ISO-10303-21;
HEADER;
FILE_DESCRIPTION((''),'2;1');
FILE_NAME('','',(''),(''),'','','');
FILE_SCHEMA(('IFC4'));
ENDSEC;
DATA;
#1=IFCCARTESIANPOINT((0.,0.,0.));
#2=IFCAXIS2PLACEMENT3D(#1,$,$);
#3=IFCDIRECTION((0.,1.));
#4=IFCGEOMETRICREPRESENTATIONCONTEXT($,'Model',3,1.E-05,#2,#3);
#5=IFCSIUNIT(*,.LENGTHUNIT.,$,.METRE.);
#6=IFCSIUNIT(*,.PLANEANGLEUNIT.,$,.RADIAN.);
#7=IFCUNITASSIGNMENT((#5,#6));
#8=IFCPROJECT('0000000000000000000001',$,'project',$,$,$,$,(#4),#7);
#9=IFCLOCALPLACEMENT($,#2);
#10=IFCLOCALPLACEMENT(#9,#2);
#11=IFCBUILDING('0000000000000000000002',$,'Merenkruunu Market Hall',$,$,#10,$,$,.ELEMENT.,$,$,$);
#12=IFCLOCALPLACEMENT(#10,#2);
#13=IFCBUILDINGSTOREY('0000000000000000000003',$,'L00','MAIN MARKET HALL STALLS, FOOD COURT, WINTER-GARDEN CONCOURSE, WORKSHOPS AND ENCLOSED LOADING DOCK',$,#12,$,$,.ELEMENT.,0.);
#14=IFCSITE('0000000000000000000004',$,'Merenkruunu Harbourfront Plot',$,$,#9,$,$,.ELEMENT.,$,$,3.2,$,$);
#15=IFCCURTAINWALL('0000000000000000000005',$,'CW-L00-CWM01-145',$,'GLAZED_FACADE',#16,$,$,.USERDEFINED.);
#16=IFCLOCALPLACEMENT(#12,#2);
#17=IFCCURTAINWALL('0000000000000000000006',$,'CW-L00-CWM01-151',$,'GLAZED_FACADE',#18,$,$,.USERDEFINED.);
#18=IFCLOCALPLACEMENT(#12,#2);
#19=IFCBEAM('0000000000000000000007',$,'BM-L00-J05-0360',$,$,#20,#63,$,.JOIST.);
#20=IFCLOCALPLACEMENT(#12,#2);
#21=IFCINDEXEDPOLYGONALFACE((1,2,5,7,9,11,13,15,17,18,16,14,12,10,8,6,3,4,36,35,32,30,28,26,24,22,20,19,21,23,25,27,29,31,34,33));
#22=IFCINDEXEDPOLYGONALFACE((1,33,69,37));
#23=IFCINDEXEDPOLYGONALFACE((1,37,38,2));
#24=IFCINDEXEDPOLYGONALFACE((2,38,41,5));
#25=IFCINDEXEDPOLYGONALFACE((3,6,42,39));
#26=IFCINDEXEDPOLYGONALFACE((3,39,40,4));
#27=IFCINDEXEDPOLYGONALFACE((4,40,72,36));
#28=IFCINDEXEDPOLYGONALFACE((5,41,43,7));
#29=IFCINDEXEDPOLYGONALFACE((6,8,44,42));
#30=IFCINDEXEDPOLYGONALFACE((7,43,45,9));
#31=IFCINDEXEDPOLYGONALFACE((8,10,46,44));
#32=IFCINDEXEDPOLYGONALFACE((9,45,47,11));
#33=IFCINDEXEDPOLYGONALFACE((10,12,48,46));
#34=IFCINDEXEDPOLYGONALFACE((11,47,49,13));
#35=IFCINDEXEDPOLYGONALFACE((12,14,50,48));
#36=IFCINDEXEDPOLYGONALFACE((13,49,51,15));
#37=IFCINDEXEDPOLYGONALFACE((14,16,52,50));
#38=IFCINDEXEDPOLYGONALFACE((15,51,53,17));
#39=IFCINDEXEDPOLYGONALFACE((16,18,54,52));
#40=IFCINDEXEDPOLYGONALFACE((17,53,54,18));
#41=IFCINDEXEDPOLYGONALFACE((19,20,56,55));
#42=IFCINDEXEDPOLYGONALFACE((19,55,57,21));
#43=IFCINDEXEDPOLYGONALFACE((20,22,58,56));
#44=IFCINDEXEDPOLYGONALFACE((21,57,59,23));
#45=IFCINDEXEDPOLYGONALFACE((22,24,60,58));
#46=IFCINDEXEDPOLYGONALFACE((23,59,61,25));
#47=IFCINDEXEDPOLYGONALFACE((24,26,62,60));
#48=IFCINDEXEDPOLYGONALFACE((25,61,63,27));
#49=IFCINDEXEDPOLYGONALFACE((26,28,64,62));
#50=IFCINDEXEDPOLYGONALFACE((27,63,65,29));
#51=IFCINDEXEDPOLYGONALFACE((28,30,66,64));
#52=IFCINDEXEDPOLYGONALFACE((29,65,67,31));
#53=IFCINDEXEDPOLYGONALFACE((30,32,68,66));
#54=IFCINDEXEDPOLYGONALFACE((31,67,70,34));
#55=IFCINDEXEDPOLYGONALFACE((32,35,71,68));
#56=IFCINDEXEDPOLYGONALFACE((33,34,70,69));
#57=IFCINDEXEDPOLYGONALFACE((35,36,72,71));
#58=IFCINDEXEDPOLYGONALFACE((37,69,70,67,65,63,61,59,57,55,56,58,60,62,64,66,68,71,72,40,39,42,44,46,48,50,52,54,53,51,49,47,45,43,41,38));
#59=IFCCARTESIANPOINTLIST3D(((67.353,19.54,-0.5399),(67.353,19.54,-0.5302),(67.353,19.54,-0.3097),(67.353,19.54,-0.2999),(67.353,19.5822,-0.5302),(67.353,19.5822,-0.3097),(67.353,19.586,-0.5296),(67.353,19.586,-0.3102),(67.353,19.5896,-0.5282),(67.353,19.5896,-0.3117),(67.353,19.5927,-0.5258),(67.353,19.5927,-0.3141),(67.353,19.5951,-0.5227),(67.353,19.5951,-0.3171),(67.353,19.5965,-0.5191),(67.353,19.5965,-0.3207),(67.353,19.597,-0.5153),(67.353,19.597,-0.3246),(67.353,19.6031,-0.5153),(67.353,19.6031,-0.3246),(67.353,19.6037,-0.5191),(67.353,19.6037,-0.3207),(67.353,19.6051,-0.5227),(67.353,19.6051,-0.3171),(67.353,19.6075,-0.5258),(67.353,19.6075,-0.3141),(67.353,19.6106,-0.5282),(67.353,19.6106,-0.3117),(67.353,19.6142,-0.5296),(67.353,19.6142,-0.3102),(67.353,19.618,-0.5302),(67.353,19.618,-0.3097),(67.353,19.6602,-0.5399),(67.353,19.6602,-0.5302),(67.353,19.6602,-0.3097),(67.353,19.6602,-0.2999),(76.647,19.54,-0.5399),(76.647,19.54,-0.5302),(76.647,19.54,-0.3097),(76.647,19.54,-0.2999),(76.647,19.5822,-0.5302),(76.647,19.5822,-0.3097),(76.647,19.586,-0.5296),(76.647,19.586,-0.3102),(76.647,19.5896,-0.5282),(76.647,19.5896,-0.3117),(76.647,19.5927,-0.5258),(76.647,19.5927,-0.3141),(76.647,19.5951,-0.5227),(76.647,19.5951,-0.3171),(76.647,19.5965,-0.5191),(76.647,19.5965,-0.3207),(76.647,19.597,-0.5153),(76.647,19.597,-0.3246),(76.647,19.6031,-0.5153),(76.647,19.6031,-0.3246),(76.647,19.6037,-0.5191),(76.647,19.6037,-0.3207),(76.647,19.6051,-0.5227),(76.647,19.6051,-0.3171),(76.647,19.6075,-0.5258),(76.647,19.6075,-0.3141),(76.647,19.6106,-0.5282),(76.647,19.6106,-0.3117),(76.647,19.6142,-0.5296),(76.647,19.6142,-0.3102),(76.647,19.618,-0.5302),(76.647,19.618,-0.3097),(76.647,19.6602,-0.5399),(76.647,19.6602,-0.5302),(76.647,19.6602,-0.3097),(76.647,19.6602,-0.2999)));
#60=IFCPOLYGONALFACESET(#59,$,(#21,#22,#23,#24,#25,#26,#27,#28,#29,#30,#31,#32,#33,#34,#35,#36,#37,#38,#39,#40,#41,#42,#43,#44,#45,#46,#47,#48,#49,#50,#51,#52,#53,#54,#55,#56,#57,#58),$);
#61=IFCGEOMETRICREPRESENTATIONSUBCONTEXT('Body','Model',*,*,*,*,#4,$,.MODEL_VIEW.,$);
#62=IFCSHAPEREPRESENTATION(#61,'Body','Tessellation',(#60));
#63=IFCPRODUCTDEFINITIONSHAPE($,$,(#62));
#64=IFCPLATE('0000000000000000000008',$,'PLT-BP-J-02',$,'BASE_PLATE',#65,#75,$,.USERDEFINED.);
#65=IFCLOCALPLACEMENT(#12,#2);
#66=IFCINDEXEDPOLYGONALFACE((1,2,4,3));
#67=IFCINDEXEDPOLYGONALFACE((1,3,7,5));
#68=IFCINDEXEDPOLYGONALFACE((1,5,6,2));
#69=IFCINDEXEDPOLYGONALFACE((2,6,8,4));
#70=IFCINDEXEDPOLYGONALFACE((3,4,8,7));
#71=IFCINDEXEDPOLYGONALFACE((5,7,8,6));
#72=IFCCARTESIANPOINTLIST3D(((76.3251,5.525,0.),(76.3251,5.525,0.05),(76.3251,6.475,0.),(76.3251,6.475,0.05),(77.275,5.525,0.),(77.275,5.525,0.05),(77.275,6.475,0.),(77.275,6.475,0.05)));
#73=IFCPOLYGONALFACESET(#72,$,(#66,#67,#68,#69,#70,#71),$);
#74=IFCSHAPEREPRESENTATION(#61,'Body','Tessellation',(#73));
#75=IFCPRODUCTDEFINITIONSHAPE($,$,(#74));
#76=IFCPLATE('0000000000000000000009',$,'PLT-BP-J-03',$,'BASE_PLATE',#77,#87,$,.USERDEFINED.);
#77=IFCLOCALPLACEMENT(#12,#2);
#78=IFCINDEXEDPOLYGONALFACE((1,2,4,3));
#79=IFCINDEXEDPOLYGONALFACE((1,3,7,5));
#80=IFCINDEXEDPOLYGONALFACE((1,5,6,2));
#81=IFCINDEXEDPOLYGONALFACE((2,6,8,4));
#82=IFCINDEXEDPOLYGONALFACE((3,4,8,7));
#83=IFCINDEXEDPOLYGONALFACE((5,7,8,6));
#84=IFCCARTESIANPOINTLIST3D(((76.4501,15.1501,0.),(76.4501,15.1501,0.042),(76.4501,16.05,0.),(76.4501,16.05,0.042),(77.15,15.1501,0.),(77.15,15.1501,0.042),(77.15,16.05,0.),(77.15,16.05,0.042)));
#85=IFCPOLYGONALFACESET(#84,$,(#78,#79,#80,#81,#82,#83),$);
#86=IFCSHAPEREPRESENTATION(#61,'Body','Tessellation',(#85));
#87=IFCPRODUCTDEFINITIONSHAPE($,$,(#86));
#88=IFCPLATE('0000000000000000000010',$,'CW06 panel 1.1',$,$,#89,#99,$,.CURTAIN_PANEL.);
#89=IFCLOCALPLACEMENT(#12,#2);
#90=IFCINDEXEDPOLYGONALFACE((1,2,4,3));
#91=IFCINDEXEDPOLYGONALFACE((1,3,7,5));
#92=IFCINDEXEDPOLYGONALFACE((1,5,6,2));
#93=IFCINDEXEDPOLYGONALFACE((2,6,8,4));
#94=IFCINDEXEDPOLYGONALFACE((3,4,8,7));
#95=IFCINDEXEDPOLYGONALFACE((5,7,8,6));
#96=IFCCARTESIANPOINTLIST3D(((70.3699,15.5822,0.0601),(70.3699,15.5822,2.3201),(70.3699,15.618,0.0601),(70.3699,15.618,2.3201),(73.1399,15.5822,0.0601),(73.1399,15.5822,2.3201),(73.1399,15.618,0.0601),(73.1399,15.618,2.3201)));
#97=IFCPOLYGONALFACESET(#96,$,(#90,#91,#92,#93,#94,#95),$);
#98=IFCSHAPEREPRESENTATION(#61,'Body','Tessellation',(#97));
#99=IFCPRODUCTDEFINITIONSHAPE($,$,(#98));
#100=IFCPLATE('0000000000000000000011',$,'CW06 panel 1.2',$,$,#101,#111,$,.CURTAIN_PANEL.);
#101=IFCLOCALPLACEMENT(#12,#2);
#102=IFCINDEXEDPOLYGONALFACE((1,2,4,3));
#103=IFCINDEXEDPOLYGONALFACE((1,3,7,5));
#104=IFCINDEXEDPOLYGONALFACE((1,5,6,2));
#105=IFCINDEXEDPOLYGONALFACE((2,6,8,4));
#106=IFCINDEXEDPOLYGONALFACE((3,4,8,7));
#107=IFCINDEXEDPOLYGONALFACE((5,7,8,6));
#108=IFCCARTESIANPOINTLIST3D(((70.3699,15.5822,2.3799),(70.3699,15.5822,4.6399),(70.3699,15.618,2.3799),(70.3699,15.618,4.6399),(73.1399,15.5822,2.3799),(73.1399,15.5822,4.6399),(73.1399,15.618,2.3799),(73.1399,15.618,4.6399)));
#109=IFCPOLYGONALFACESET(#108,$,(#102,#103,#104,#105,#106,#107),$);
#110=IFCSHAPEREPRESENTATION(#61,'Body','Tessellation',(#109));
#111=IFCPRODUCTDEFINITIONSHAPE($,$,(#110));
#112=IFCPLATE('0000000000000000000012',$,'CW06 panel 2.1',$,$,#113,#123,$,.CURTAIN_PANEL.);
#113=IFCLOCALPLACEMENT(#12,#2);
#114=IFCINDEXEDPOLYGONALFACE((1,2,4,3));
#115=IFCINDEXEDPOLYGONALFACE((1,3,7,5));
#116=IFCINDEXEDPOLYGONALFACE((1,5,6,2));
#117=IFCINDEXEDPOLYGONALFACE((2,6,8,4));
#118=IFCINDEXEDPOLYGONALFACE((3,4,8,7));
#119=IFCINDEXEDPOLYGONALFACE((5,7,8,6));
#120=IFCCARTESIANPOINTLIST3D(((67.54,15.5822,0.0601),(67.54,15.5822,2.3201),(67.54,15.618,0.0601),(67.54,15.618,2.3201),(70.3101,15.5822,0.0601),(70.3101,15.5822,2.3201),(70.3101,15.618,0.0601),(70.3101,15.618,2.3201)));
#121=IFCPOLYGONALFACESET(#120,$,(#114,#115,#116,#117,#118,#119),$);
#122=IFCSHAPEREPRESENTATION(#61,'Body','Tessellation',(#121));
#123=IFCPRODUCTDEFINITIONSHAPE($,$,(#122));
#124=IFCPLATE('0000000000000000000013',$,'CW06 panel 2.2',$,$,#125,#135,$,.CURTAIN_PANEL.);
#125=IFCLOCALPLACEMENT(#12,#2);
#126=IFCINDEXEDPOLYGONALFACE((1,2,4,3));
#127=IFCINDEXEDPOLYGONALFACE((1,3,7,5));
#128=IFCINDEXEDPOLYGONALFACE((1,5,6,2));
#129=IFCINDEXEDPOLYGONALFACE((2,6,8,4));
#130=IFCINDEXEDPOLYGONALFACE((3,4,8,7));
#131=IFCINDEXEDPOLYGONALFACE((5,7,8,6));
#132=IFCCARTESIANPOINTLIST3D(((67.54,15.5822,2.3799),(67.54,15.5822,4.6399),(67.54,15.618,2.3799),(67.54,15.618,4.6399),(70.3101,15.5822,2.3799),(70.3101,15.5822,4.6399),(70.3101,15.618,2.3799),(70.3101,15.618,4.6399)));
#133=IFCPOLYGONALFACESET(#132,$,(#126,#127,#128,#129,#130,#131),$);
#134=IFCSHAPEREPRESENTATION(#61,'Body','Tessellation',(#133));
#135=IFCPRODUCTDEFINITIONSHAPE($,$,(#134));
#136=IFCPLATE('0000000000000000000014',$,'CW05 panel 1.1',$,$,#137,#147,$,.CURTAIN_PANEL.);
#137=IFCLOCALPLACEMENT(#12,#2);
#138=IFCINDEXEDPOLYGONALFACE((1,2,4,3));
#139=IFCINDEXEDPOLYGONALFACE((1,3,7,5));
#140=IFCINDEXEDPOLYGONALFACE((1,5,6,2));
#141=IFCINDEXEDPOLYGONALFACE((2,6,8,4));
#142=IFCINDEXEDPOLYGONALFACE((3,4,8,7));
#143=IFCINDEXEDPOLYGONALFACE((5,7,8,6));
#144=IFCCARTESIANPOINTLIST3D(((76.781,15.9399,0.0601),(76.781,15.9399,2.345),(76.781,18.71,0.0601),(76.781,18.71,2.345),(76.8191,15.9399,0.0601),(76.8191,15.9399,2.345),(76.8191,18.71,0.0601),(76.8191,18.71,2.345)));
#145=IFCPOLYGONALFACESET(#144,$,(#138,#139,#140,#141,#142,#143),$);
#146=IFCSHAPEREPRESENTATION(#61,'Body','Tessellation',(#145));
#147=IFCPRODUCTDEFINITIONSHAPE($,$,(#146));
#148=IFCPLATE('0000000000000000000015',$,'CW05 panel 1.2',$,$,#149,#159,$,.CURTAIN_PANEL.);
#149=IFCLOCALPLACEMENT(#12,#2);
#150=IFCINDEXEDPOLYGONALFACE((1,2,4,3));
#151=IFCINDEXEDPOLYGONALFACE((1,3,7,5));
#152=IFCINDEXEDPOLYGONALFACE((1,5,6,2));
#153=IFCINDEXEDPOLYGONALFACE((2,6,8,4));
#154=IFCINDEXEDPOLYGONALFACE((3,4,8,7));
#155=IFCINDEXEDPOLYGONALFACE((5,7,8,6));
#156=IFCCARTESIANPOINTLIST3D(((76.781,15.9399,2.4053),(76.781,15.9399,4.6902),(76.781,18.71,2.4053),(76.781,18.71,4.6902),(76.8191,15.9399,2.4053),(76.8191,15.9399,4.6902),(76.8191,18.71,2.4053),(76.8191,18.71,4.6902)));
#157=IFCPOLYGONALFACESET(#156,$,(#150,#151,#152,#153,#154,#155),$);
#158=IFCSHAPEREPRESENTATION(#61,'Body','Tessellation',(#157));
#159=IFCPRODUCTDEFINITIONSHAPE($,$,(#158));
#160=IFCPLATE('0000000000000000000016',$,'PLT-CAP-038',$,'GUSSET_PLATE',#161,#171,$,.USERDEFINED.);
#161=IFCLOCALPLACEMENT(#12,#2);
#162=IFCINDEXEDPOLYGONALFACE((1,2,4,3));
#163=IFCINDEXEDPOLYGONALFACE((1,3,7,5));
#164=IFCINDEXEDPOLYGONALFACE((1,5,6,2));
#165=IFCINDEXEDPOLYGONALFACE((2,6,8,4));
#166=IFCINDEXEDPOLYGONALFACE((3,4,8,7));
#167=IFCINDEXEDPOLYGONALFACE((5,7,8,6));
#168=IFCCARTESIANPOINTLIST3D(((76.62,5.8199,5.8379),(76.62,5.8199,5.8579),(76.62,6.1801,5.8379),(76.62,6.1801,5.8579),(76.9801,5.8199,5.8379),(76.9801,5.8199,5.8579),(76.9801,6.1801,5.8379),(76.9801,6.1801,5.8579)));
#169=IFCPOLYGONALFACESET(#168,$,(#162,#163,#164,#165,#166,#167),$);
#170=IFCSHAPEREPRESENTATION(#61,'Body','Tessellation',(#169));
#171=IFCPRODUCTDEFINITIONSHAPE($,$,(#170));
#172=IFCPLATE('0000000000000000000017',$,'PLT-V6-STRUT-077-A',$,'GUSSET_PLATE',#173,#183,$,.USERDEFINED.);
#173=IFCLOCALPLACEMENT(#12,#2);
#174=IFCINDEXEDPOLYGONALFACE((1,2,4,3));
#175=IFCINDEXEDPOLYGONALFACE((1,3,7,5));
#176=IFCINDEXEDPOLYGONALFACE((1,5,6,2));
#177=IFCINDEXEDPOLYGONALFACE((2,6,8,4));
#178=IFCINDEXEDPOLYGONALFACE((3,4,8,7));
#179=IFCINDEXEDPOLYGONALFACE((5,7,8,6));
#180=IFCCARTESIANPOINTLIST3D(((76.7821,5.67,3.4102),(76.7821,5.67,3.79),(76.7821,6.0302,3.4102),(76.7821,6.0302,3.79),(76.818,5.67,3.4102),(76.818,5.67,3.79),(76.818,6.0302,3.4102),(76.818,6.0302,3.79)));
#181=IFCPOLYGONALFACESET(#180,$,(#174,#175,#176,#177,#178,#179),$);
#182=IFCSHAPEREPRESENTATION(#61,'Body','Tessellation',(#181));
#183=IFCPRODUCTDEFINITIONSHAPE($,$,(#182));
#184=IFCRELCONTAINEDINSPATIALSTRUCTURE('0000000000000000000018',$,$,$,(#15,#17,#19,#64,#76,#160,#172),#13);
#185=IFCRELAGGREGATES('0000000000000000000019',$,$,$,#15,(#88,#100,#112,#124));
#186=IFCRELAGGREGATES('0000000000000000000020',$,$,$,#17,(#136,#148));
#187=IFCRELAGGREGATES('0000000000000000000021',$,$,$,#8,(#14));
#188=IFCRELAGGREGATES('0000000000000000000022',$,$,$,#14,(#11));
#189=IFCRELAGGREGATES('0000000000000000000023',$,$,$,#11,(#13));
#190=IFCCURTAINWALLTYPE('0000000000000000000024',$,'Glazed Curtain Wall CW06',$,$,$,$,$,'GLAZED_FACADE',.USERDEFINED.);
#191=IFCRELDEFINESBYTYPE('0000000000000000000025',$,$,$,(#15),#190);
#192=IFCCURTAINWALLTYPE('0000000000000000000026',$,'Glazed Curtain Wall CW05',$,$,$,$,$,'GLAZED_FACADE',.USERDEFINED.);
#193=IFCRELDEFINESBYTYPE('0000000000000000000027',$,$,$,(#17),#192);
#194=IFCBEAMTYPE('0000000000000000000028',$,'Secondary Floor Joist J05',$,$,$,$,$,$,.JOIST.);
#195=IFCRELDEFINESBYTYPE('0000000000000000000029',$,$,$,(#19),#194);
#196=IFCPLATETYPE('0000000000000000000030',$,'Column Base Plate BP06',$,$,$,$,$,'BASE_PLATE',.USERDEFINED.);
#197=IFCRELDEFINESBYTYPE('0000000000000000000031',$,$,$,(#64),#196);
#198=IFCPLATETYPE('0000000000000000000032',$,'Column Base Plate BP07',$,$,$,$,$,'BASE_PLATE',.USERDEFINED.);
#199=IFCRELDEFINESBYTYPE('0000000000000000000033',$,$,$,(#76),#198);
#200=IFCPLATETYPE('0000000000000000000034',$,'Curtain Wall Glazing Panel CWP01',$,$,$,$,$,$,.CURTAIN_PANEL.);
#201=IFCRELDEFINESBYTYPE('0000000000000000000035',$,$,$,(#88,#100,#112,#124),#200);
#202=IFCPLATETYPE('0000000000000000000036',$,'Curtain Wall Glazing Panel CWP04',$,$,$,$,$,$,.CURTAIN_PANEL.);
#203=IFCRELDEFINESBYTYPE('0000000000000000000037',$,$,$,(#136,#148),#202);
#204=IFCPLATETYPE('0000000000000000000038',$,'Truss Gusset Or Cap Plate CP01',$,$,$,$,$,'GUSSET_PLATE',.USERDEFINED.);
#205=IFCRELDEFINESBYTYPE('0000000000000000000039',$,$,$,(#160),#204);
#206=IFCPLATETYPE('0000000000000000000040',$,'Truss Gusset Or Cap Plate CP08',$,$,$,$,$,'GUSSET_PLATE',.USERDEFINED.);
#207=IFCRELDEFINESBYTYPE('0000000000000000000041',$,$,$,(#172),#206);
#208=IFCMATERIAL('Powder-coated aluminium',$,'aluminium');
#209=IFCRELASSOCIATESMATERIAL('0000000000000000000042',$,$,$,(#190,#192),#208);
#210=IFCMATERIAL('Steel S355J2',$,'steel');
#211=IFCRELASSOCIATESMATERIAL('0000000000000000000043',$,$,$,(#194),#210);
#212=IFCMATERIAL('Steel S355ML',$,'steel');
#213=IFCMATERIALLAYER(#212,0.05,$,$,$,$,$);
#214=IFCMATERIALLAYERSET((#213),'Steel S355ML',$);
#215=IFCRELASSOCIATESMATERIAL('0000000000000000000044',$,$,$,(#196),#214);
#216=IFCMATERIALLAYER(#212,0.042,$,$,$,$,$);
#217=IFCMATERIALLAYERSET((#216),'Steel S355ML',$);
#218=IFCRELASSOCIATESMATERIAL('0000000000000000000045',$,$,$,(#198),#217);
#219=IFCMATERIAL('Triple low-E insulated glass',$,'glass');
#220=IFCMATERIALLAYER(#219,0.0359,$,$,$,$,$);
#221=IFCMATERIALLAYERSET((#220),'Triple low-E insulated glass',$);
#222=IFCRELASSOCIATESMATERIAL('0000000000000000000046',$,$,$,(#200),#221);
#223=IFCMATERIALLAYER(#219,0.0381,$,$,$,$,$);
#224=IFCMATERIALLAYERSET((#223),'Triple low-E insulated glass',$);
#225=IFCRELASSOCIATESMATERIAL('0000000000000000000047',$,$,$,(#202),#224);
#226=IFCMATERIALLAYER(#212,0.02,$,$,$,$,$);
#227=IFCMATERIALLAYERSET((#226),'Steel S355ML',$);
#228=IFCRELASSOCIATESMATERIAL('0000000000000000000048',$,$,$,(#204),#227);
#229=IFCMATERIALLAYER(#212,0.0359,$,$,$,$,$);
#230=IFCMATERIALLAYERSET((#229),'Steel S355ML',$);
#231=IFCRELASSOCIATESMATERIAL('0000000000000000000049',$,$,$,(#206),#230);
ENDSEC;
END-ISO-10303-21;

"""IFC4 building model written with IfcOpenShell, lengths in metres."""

from ifc_helpers import new_model, si_unit, direction, frame, origin, origin_2d, place, context, subcontext, project, spatial, rectangle, i_section, extrude, material, layer, layer_set, material_profile, profile_set, type_object, element, aggregate, save


model = new_model("IFC4")

# Units and contexts
model_context = context("Model", 3, precision=1e-05, world=origin(), true_north=direction((0.0, 1.0)))
body_context = subcontext(model_context, "Body", "Model", "MODEL_VIEW")
ifc_project = project(units=[si_unit("LENGTHUNIT", "METRE"), si_unit("PLANEANGLEUNIT", "RADIAN")], contexts=[model_context])

# Site, building, storey
site_placement = place(None, origin())
site = spatial("IfcSite", under=ifc_project, at=site_placement, Name="Merenkruunu Harbourfront Plot", CompositionType="ELEMENT", RefElevation=3.2)
building_placement = place(site_placement, origin())
building = spatial("IfcBuilding", under=site, at=building_placement, Name="Merenkruunu Market Hall", CompositionType="ELEMENT")
storey_placement = place(building_placement, origin())
storey = spatial("IfcBuildingStorey", under=building, at=storey_placement, Name="L00", Description="MAIN MARKET HALL STALLS, FOOD COURT, WINTER-GARDEN CONCOURSE, WORKSHOPS AND ENCLOSED LOADING DOCK", CompositionType="ELEMENT", Elevation=0.0)

# Shared definitions
ifc_material_1 = material(Name="Steel S355ML", Category="steel")

# Curtain walls
ifc_material_2 = material(Name="Powder-coated aluminium", Category="aluminium")
curtain_wall_type_1 = type_object("IfcCurtainWallType", Name="Glazed Curtain Wall CW06", ElementType="GLAZED_FACADE", PredefinedType="USERDEFINED", material=ifc_material_2)
curtain_wall_1_placement = place(storey_placement, origin())
curtain_wall_1 = element("IfcCurtainWall", 1, at=curtain_wall_1_placement, inside=storey, type_object=curtain_wall_type_1, Name="CW-L00-CWM01-145", ObjectType="GLAZED_FACADE", PredefinedType="USERDEFINED")
curtain_wall_type_2 = type_object("IfcCurtainWallType", Name="Glazed Curtain Wall CW05", ElementType="GLAZED_FACADE", PredefinedType="USERDEFINED", material=ifc_material_2)
curtain_wall_2_placement = place(storey_placement, origin())
curtain_wall_2 = element("IfcCurtainWall", 2, at=curtain_wall_2_placement, inside=storey, type_object=curtain_wall_type_2, Name="CW-L00-CWM01-151", ObjectType="GLAZED_FACADE", PredefinedType="USERDEFINED")

# Beam
ifc_material_3 = material(Name="Steel S355J2", Category="steel")
ifc_material_profile_1 = material_profile(ifc_material_3, i_section(OverallWidth=0.1201, OverallDepth=0.24, WebThickness=0.0061, FlangeThickness=0.0098, FilletRadius=0.0149, at=origin_2d()), Name="IPE 240")
ifc_profile_set_1 = profile_set([ifc_material_profile_1], Name="Steel S355J2")
beam_type_1 = type_object("IfcBeamType", Name="Secondary Floor Joist J05", PredefinedType="JOIST", material=ifc_profile_set_1)
beam_1_placement = place(storey_placement, frame((67.353, 19.6001, -0.4199), z_axis=(1.0, 0.0, 0.0), x_axis=(0.0, 1.0, 0.0)))
element("IfcBeam", 3, at=beam_1_placement, inside=storey, type_object=beam_type_1, Name="BM-L00-J05-0360", PredefinedType="JOIST", context=body_context, shape_type="SweptSolid", body=[
    extrude(i_section(OverallWidth=0.1201, OverallDepth=0.24, WebThickness=0.0061, FlangeThickness=0.0098, FilletRadius=0.0149, at=origin_2d()), origin(), (0.0, 0.0, 1.0), 9.2939),
])

# Plates
ifc_layer_1 = layer(ifc_material_1, 0.05)
ifc_layer_set_1 = layer_set([ifc_layer_1], Name="Steel S355ML")
plate_type_1 = type_object("IfcPlateType", Name="Column Base Plate BP06", ElementType="BASE_PLATE", PredefinedType="USERDEFINED", material=ifc_layer_set_1)
plate_1_placement = place(storey_placement, frame((76.8, 6.0, 0.0), z_axis=(0.0, 0.0, 1.0), x_axis=(1.0, 0.0, 0.0)))
element("IfcPlate", 4, at=plate_1_placement, inside=storey, type_object=plate_type_1, Name="PLT-BP-J-02", ObjectType="BASE_PLATE", PredefinedType="USERDEFINED", context=body_context, shape_type="SweptSolid", body=[
    extrude(rectangle(XDim=0.95, YDim=0.95, at=origin_2d()), origin(), (0.0, 0.0, 1.0), 0.05),
])
ifc_layer_2 = layer(ifc_material_1, 0.042)
ifc_layer_set_2 = layer_set([ifc_layer_2], Name="Steel S355ML")
plate_type_2 = type_object("IfcPlateType", Name="Column Base Plate BP07", ElementType="BASE_PLATE", PredefinedType="USERDEFINED", material=ifc_layer_set_2)
plate_2_placement = place(storey_placement, frame((76.8, 15.6001, 0.0), z_axis=(0.0, 0.0, 1.0), x_axis=(1.0, 0.0, 0.0)))
element("IfcPlate", 5, at=plate_2_placement, inside=storey, type_object=plate_type_2, Name="PLT-BP-J-03", ObjectType="BASE_PLATE", PredefinedType="USERDEFINED", context=body_context, shape_type="SweptSolid", body=[
    extrude(rectangle(XDim=0.7, YDim=0.8999, at=origin_2d()), origin(), (0.0, 0.0, 1.0), 0.042),
])

# Plates
ifc_material_4 = material(Name="Triple low-E insulated glass", Category="glass")
ifc_layer_3 = layer(ifc_material_4, 0.0359)
ifc_layer_set_3 = layer_set([ifc_layer_3], Name="Triple low-E insulated glass")
plate_type_3 = type_object("IfcPlateType", Name="Curtain Wall Glazing Panel CWP01", PredefinedType="CURTAIN_PANEL", material=ifc_layer_set_3)
plate_3_placement = place(storey_placement, frame((71.7549, 15.6001, 0.0601), z_axis=(0.0, 0.0, 1.0), x_axis=(-1.0, 0.0, 0.0)))
plate_3 = element("IfcPlate", 6, at=plate_3_placement, type_object=plate_type_3, Name="CW06 panel 1.1", PredefinedType="CURTAIN_PANEL", context=body_context, shape_type="SweptSolid", body=[
    extrude(rectangle(XDim=2.77, YDim=0.0359, at=origin_2d()), origin(), (0.0, 0.0, 1.0), 2.26),
])
plate_4_placement = place(storey_placement, frame((71.7549, 15.6001, 2.3799), z_axis=(0.0, 0.0, 1.0), x_axis=(-1.0, 0.0, 0.0)))
plate_4 = element("IfcPlate", 7, at=plate_4_placement, type_object=plate_type_3, Name="CW06 panel 1.2", PredefinedType="CURTAIN_PANEL", context=body_context, shape_type="SweptSolid", body=[
    extrude(rectangle(XDim=2.77, YDim=0.0359, at=origin_2d()), origin(), (0.0, 0.0, 1.0), 2.26),
])
plate_5_placement = place(storey_placement, frame((68.925, 15.6001, 0.0601), z_axis=(0.0, 0.0, 1.0), x_axis=(-1.0, 0.0, 0.0)))
plate_5 = element("IfcPlate", 8, at=plate_5_placement, type_object=plate_type_3, Name="CW06 panel 2.1", PredefinedType="CURTAIN_PANEL", context=body_context, shape_type="SweptSolid", body=[
    extrude(rectangle(XDim=2.77, YDim=0.0359, at=origin_2d()), origin(), (0.0, 0.0, 1.0), 2.26),
])
plate_6_placement = place(storey_placement, frame((68.925, 15.6001, 2.3799), z_axis=(0.0, 0.0, 1.0), x_axis=(-1.0, 0.0, 0.0)))
plate_6 = element("IfcPlate", 9, at=plate_6_placement, type_object=plate_type_3, Name="CW06 panel 2.2", PredefinedType="CURTAIN_PANEL", context=body_context, shape_type="SweptSolid", body=[
    extrude(rectangle(XDim=2.77, YDim=0.0359, at=origin_2d()), origin(), (0.0, 0.0, 1.0), 2.26),
])
aggregate(curtain_wall_1, [plate_3, plate_4, plate_5, plate_6])
ifc_layer_4 = layer(ifc_material_4, 0.0381)
ifc_layer_set_4 = layer_set([ifc_layer_4], Name="Triple low-E insulated glass")
plate_type_4 = type_object("IfcPlateType", Name="Curtain Wall Glazing Panel CWP04", PredefinedType="CURTAIN_PANEL", material=ifc_layer_set_4)
plate_7_placement = place(storey_placement, frame((76.8, 17.325, 0.0601), z_axis=(0.0, 0.0, 1.0), x_axis=(0.0, 1.0, 0.0)))
plate_7 = element("IfcPlate", 10, at=plate_7_placement, type_object=plate_type_4, Name="CW05 panel 1.1", PredefinedType="CURTAIN_PANEL", context=body_context, shape_type="SweptSolid", body=[
    extrude(rectangle(XDim=2.77, YDim=0.0381, at=origin_2d()), origin(), (0.0, 0.0, 1.0), 2.2849),
])
plate_8_placement = place(storey_placement, frame((76.8, 17.325, 2.4053), z_axis=(0.0, 0.0, 1.0), x_axis=(0.0, 1.0, 0.0)))
plate_8 = element("IfcPlate", 11, at=plate_8_placement, type_object=plate_type_4, Name="CW05 panel 1.2", PredefinedType="CURTAIN_PANEL", context=body_context, shape_type="SweptSolid", body=[
    extrude(rectangle(XDim=2.77, YDim=0.0381, at=origin_2d()), origin(), (0.0, 0.0, 1.0), 2.2849),
])
aggregate(curtain_wall_2, [plate_7, plate_8])

# Plates
ifc_layer_5 = layer(ifc_material_1, 0.02)
ifc_layer_set_5 = layer_set([ifc_layer_5], Name="Steel S355ML")
plate_type_5 = type_object("IfcPlateType", Name="Truss Gusset Or Cap Plate CP01", ElementType="GUSSET_PLATE", PredefinedType="USERDEFINED", material=ifc_layer_set_5)
plate_9_placement = place(storey_placement, frame((76.8, 6.0, 5.8379), z_axis=(0.0, 0.0, 1.0), x_axis=(1.0, 0.0, 0.0)))
element("IfcPlate", 12, at=plate_9_placement, inside=storey, type_object=plate_type_5, Name="PLT-CAP-038", ObjectType="GUSSET_PLATE", PredefinedType="USERDEFINED", context=body_context, shape_type="SweptSolid", body=[
    extrude(rectangle(XDim=0.3601, YDim=0.3601, at=origin_2d()), origin(), (0.0, 0.0, 1.0), 0.02),
])
ifc_layer_6 = layer(ifc_material_1, 0.0359)
ifc_layer_set_6 = layer_set([ifc_layer_6], Name="Steel S355ML")
plate_type_6 = type_object("IfcPlateType", Name="Truss Gusset Or Cap Plate CP08", ElementType="GUSSET_PLATE", PredefinedType="USERDEFINED", material=ifc_layer_set_6)
plate_10_placement = place(storey_placement, frame((76.8, 5.8501, 3.4102), z_axis=(0.0, 0.0, 1.0), x_axis=(1.0, 0.0, 0.0)))
element("IfcPlate", 13, at=plate_10_placement, inside=storey, type_object=plate_type_6, Name="PLT-V6-STRUT-077-A", ObjectType="GUSSET_PLATE", PredefinedType="USERDEFINED", context=body_context, shape_type="SweptSolid", body=[
    extrude(rectangle(XDim=0.0359, YDim=0.3601, at=origin_2d()), origin(), (0.0, 0.0, 1.0), 0.3799),
])

save(model, "model.ifc")
